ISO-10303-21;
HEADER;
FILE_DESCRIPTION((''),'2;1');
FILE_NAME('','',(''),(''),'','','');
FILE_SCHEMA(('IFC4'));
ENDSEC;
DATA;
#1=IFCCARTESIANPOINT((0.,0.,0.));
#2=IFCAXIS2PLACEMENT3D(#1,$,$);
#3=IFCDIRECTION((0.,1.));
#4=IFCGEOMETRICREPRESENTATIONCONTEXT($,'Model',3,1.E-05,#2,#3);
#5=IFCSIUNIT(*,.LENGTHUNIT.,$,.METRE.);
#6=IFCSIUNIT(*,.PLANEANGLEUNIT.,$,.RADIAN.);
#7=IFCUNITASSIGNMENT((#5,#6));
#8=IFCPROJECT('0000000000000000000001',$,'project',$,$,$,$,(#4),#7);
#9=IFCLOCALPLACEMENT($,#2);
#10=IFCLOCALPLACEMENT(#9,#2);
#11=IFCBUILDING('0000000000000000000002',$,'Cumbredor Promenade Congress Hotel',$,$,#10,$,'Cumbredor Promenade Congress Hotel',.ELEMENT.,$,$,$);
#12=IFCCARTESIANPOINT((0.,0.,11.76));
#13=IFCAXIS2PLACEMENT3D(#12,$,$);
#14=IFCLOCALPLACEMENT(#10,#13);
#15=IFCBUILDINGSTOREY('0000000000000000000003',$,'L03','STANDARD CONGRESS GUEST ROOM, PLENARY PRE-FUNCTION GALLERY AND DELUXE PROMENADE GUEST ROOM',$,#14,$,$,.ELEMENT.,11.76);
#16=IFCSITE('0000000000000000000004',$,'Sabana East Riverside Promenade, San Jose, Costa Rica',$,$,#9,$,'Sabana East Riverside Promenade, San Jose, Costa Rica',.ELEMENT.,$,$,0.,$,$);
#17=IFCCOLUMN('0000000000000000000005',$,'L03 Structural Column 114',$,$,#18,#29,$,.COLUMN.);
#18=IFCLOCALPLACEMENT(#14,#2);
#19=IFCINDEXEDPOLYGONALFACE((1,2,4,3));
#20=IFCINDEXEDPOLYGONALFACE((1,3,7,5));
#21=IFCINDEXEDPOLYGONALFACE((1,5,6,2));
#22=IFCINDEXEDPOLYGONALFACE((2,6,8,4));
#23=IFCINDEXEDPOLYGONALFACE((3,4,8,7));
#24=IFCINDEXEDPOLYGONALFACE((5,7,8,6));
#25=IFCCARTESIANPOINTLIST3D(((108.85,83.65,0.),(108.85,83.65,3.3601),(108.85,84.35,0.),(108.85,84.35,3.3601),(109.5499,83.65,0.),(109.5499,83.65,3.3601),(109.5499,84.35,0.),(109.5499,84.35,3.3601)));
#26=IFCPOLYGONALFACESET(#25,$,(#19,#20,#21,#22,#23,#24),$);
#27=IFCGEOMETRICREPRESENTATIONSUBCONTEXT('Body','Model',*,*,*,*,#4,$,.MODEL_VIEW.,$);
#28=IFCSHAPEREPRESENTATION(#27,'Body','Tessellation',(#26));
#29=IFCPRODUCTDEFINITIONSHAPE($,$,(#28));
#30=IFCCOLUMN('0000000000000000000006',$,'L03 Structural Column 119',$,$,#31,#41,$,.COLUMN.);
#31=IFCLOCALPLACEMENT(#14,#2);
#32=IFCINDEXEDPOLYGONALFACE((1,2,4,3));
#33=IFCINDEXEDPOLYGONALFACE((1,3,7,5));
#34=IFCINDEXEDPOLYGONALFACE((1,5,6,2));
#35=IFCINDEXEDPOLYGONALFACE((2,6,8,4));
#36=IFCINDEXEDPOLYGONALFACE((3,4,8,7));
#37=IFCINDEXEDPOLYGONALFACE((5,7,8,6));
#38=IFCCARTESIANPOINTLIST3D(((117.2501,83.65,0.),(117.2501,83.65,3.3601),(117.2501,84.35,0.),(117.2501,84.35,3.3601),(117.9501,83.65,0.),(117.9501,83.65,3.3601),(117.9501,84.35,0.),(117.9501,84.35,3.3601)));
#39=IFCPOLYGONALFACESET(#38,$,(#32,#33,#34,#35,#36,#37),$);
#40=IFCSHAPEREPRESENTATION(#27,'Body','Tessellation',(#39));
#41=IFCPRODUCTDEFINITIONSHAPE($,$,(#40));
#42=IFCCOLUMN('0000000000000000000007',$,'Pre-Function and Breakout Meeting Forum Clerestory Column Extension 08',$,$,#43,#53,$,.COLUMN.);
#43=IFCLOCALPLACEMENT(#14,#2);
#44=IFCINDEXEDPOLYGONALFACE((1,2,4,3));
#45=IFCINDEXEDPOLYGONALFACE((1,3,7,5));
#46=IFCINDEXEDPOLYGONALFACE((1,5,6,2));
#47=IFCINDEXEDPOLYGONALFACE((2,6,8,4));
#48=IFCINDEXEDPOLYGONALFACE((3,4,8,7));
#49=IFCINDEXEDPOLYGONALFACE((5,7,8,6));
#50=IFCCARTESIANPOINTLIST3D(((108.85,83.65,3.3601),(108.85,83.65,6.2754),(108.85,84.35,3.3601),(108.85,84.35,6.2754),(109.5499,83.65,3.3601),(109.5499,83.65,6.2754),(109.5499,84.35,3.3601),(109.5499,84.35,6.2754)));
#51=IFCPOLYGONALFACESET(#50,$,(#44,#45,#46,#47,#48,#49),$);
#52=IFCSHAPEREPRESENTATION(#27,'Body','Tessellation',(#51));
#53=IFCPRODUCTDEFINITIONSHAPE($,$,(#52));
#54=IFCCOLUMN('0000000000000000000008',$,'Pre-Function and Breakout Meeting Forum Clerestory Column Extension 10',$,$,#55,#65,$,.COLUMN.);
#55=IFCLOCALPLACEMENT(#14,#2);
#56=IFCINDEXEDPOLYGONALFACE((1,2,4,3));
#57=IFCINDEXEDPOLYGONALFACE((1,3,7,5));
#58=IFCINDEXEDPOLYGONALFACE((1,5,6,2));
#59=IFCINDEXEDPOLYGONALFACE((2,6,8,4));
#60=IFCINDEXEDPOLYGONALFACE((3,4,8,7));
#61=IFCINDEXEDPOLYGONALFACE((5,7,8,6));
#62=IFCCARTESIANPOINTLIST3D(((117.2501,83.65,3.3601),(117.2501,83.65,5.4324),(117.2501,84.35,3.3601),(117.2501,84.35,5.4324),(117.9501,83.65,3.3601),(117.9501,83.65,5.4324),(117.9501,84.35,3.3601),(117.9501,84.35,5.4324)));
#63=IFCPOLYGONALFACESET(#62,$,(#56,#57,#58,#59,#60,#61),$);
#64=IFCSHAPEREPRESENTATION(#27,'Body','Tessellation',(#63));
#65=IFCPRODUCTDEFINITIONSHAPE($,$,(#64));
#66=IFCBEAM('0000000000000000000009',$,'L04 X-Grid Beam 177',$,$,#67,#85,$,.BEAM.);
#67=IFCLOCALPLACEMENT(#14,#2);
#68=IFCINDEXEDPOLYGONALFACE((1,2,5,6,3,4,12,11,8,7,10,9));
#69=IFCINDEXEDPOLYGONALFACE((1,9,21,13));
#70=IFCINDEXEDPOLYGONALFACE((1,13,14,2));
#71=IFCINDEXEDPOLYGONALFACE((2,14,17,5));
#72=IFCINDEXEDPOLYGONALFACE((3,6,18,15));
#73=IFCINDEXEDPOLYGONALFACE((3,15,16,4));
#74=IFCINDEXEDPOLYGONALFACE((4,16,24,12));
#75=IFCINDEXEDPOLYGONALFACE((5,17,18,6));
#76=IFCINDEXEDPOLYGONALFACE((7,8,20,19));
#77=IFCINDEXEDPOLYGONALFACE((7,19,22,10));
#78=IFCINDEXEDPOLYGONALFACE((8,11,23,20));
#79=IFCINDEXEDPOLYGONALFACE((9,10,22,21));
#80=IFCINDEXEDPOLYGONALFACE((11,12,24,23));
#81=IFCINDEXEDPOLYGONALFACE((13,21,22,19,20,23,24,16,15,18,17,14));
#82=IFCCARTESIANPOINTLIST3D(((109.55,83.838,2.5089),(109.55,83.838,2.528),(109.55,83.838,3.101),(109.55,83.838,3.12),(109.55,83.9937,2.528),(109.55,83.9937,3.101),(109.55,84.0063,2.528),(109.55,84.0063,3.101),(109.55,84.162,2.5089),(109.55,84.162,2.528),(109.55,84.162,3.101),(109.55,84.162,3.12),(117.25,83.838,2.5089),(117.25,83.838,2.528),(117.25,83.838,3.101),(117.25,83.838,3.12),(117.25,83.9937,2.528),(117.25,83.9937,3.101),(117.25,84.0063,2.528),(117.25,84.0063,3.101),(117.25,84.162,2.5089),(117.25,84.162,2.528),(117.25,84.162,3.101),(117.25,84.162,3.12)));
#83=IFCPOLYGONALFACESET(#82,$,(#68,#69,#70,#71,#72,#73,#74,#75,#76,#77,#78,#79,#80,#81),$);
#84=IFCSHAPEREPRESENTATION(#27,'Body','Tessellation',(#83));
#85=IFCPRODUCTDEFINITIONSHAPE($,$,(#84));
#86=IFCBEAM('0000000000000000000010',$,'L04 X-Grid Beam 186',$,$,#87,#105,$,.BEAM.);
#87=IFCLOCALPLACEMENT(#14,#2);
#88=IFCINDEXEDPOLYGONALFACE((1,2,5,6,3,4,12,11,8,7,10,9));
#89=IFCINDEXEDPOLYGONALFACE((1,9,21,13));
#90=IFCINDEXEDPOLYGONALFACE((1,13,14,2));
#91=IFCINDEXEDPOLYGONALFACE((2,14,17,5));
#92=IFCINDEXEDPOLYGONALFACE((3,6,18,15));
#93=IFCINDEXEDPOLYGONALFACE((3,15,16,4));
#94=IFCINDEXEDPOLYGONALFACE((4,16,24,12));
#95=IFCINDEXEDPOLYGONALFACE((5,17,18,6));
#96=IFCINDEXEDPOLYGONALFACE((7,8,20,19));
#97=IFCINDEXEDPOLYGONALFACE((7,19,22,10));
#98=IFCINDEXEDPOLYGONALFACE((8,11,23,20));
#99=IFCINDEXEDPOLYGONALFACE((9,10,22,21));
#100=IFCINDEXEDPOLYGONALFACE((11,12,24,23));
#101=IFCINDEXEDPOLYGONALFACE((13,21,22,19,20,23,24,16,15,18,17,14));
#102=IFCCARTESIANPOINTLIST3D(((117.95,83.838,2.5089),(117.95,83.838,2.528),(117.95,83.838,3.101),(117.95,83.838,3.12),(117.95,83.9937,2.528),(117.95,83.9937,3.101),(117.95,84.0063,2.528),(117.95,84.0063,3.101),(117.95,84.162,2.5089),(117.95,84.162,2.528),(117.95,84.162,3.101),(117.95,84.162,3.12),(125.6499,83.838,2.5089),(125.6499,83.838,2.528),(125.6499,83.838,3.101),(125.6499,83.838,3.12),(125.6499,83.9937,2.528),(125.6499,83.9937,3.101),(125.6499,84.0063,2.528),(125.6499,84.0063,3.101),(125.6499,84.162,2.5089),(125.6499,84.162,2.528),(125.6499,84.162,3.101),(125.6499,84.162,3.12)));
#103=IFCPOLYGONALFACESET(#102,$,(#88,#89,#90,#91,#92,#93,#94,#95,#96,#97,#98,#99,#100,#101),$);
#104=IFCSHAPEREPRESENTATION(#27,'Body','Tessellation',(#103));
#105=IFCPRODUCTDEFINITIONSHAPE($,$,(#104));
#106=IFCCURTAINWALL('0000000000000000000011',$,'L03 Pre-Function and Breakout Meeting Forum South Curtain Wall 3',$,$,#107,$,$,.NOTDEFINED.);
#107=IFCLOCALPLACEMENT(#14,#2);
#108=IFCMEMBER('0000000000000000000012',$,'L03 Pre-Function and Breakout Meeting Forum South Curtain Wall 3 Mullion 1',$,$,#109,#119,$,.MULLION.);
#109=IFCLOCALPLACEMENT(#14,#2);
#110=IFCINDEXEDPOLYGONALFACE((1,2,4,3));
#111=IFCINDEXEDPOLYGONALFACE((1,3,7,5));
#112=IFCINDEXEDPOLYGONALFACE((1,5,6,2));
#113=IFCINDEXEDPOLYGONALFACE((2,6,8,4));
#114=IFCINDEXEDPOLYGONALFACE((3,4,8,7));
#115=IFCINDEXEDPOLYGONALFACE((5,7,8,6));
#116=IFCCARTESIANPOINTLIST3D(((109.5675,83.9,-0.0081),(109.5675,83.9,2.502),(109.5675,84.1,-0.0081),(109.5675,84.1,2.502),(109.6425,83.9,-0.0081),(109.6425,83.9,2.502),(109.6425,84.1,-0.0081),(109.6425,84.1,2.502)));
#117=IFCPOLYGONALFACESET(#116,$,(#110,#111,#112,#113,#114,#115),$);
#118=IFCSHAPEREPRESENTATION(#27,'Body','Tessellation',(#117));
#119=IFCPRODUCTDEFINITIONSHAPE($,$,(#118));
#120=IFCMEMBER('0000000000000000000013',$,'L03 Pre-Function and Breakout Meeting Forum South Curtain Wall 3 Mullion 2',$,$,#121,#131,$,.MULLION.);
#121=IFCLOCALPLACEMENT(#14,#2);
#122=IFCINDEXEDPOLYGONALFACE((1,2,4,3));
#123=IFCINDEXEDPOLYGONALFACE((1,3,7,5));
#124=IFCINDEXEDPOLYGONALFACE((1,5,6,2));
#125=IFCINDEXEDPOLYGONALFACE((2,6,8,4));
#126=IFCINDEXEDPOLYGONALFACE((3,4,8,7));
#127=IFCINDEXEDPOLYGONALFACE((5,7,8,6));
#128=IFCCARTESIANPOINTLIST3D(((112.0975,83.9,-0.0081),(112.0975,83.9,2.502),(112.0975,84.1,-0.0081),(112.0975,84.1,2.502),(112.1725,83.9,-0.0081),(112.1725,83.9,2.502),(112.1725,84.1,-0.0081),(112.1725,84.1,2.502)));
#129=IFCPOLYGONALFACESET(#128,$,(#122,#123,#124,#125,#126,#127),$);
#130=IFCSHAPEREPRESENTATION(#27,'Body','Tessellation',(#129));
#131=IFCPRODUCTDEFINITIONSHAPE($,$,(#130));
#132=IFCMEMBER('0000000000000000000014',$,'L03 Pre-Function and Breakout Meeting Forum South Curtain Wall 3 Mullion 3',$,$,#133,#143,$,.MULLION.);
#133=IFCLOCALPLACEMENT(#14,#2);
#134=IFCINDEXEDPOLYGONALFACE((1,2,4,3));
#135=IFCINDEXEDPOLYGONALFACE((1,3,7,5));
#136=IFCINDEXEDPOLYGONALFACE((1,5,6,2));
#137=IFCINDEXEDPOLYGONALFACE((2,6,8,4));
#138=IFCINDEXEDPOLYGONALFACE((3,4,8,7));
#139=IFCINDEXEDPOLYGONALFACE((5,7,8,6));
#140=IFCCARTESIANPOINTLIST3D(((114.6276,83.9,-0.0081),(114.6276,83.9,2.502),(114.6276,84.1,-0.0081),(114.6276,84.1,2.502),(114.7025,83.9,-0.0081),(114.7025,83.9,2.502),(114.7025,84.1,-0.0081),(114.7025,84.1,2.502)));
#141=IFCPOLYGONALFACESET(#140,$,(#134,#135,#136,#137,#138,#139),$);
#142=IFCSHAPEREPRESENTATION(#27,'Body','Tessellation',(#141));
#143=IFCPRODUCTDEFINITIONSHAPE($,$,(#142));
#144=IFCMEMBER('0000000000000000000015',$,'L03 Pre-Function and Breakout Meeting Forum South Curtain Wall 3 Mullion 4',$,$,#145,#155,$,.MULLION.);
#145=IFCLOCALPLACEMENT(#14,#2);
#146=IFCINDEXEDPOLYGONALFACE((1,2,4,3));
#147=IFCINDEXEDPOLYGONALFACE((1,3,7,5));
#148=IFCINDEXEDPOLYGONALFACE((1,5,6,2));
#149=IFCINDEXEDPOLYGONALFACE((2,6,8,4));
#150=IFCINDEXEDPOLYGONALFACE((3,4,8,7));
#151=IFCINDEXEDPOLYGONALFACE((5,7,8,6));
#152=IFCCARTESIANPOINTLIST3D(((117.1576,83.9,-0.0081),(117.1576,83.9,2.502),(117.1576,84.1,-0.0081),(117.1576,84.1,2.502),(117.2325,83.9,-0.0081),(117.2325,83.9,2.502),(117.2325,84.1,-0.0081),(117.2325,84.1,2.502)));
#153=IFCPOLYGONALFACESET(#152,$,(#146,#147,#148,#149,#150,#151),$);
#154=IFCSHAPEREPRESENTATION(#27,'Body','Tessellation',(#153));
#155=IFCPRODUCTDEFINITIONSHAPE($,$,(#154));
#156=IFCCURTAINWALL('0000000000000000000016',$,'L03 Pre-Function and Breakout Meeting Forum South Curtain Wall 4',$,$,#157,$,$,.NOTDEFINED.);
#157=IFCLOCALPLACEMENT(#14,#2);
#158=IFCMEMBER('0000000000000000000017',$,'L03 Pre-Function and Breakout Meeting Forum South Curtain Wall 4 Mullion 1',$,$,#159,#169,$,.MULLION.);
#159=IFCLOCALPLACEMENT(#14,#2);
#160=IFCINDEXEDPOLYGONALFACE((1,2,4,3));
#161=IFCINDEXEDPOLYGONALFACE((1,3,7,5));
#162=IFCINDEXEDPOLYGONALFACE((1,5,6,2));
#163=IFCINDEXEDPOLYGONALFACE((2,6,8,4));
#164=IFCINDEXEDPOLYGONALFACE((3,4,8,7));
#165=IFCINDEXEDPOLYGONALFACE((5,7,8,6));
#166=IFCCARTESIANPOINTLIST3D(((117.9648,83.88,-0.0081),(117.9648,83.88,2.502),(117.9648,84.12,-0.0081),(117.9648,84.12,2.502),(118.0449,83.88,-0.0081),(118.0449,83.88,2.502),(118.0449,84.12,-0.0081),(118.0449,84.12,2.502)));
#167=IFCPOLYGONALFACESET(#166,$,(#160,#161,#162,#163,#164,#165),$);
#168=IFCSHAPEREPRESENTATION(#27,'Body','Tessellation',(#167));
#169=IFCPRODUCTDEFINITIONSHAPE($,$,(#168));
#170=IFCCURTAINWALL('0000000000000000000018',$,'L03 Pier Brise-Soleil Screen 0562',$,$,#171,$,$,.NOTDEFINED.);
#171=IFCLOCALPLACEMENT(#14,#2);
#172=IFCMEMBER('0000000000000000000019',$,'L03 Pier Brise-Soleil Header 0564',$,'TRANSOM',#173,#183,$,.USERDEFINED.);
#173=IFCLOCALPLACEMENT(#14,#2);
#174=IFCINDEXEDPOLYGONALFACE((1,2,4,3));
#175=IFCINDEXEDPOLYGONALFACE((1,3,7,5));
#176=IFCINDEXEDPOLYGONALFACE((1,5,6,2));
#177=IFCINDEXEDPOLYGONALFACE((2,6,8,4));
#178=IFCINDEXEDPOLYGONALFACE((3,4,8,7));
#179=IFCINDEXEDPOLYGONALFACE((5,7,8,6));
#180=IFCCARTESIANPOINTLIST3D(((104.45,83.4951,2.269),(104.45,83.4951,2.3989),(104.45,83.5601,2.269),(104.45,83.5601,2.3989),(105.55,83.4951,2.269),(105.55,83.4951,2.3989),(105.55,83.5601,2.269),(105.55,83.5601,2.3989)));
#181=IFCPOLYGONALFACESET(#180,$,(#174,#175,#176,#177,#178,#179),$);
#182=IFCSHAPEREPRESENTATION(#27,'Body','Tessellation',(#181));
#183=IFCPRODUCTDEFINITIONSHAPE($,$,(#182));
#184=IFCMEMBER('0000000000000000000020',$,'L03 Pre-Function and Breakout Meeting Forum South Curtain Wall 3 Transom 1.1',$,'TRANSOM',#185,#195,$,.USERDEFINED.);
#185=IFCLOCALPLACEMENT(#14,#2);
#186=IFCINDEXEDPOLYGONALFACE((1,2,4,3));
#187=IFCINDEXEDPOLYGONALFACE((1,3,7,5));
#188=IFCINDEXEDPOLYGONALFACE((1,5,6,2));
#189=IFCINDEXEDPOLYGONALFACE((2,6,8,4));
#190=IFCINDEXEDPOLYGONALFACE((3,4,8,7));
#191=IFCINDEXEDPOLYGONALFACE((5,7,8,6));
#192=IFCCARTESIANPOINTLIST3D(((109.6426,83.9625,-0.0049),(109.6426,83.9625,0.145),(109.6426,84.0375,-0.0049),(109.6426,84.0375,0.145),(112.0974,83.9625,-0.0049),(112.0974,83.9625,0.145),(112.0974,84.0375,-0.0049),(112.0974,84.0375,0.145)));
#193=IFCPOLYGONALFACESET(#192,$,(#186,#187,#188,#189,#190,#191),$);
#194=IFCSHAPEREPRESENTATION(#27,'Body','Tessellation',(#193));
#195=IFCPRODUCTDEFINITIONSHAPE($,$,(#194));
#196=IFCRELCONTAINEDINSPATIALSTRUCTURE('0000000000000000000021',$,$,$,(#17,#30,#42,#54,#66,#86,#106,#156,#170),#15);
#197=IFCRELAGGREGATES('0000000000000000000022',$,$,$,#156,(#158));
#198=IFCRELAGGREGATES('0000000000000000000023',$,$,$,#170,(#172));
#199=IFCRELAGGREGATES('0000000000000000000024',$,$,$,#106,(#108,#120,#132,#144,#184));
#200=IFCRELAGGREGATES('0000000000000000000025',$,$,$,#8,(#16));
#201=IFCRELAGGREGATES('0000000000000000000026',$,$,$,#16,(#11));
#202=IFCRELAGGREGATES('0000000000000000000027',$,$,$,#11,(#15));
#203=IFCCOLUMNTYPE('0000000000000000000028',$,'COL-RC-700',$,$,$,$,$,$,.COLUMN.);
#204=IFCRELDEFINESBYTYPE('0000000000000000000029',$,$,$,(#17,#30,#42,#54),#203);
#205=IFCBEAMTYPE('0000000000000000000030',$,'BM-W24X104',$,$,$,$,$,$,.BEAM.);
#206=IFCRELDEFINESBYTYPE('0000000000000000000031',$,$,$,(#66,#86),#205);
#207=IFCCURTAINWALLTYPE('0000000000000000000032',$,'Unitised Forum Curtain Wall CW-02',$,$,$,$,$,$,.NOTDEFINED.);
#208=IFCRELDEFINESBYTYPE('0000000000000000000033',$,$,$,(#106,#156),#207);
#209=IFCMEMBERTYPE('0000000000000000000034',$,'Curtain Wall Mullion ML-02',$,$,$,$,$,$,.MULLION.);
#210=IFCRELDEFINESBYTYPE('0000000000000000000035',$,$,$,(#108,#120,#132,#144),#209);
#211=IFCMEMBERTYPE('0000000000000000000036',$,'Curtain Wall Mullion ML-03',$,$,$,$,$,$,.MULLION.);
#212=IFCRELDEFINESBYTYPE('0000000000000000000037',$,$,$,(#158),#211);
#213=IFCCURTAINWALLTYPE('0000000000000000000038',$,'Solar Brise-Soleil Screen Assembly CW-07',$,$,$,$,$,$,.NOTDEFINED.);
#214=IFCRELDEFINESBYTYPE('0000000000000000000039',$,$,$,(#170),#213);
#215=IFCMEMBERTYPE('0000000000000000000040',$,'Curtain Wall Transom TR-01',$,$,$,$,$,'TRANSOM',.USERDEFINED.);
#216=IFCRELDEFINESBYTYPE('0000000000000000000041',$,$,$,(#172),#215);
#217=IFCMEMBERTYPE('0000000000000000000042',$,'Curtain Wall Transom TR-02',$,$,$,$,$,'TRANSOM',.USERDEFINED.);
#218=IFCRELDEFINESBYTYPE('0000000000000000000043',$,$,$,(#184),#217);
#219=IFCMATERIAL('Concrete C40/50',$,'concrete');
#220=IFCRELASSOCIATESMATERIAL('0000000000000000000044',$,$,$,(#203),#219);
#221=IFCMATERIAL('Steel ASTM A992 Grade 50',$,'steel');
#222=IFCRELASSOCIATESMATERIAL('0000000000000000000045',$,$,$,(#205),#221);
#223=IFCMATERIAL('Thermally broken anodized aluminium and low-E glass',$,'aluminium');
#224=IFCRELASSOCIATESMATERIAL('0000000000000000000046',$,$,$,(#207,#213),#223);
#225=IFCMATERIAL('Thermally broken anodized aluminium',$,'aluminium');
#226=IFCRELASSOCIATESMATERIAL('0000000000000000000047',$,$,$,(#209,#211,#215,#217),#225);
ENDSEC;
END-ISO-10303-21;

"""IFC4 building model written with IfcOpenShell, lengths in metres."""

from ifc_helpers import new_model, si_unit, direction, frame, origin, origin_2d, place, context, subcontext, project, spatial, rectangle, i_section, extrude, material, material_profile, profile_set, type_object, element, aggregate, save


model = new_model("IFC4")

# Units and contexts
model_context = context("Model", 3, precision=1e-05, world=origin(), true_north=direction((0.0, 1.0)))
body_context = subcontext(model_context, "Body", "Model", "MODEL_VIEW")
ifc_project = project(units=[si_unit("LENGTHUNIT", "METRE"), si_unit("PLANEANGLEUNIT", "RADIAN")], contexts=[model_context])

# Site, building, storey
site_placement = place(None, origin())
site = spatial("IfcSite", under=ifc_project, at=site_placement, Name="Sabana East Riverside Promenade, San Jose, Costa Rica", LongName="Sabana East Riverside Promenade, San Jose, Costa Rica", CompositionType="ELEMENT", RefElevation=0.0)
building_placement = place(site_placement, origin())
building = spatial("IfcBuilding", under=site, at=building_placement, Name="Cumbredor Promenade Congress Hotel", LongName="Cumbredor Promenade Congress Hotel", CompositionType="ELEMENT")
storey_placement = place(building_placement, frame((0.0, 0.0, 11.76)))
storey = spatial("IfcBuildingStorey", under=building, at=storey_placement, Name="L03", Description="STANDARD CONGRESS GUEST ROOM, PLENARY PRE-FUNCTION GALLERY AND DELUXE PROMENADE GUEST ROOM", CompositionType="ELEMENT", Elevation=11.76)

# Columns
ifc_material_1 = material(Name="Concrete C40/50", Category="concrete")
ifc_material_profile_1 = material_profile(ifc_material_1, rectangle(XDim=0.7, YDim=0.7, at=origin_2d()), Name="RC 700x700")
ifc_profile_set_1 = profile_set([ifc_material_profile_1], Name="Concrete C40/50")
column_type = type_object("IfcColumnType", Name="COL-RC-700", PredefinedType="COLUMN", material=ifc_profile_set_1)
for number, where, z_axis, x_axis, name in (
    (1, (109.2, 84.0, 0.0), (0.0, 0.0, 1.0), (1.0, 0.0, 0.0), "L03 Structural Column 114"),
    (2, (117.6001, 84.0, 0.0), (0.0, 0.0, 1.0), (1.0, 0.0, 0.0), "L03 Structural Column 119"),
):
    element("IfcColumn", number, at=place(storey_placement, frame(where, z_axis=z_axis, x_axis=x_axis)), inside=storey, type_object=column_type, Name=name, PredefinedType="COLUMN", context=body_context, shape_type="SweptSolid", body=[
        extrude(rectangle(XDim=0.7, YDim=0.7, at=origin_2d()), origin(), (0.0, 0.0, 1.0), 3.3601),
    ])
column_1_placement = place(storey_placement, frame((109.2, 84.0, 3.3601), z_axis=(0.0, 0.0, 1.0), x_axis=(1.0, 0.0, 0.0)))
element("IfcColumn", 3, at=column_1_placement, inside=storey, type_object=column_type, Name="Pre-Function and Breakout Meeting Forum Clerestory Column Extension 08", PredefinedType="COLUMN", context=body_context, shape_type="SweptSolid", body=[
    extrude(rectangle(XDim=0.7, YDim=0.7, at=origin_2d()), origin(), (0.0, 0.0, 1.0), 2.9153),
])
column_2_placement = place(storey_placement, frame((117.6001, 84.0, 3.3601), z_axis=(0.0, 0.0, 1.0), x_axis=(1.0, 0.0, 0.0)))
element("IfcColumn", 4, at=column_2_placement, inside=storey, type_object=column_type, Name="Pre-Function and Breakout Meeting Forum Clerestory Column Extension 10", PredefinedType="COLUMN", context=body_context, shape_type="SweptSolid", body=[
    extrude(rectangle(XDim=0.7, YDim=0.7, at=origin_2d()), origin(), (0.0, 0.0, 1.0), 2.0723),
])

# Beams
ifc_material_2 = material(Name="Steel ASTM A992 Grade 50", Category="steel")
ifc_material_profile_2 = material_profile(ifc_material_2, i_section(OverallWidth=0.324, OverallDepth=0.6111, WebThickness=0.0127, FlangeThickness=0.019, at=origin_2d()), Name="W24X104")
ifc_profile_set_2 = profile_set([ifc_material_profile_2], Name="Steel ASTM A992 Grade 50")
beam_type = type_object("IfcBeamType", Name="BM-W24X104", PredefinedType="BEAM", material=ifc_profile_set_2)
for number, where, z_axis, x_axis, name in (
    (5, (109.55, 84.0, 2.8145), (1.0, 0.0, 0.0), (0.0, 1.0, 0.0), "L04 X-Grid Beam 177"),
    (6, (117.95, 84.0, 2.8145), (1.0, 0.0, 0.0), (0.0, 1.0, 0.0), "L04 X-Grid Beam 186"),
):
    element("IfcBeam", number, at=place(storey_placement, frame(where, z_axis=z_axis, x_axis=x_axis)), inside=storey, type_object=beam_type, Name=name, PredefinedType="BEAM", context=body_context, shape_type="SweptSolid", body=[
        extrude(i_section(OverallWidth=0.324, OverallDepth=0.6111, WebThickness=0.0127, FlangeThickness=0.019, at=origin_2d()), origin(), (0.0, 0.0, 1.0), 7.7),
    ])

# Curtain wall, members
ifc_material_3 = material(Name="Thermally broken anodized aluminium and low-E glass", Category="aluminium")
curtain_wall_type_1 = type_object("IfcCurtainWallType", Name="Unitised Forum Curtain Wall CW-02", PredefinedType="NOTDEFINED", material=ifc_material_3)
curtain_wall_1_placement = place(storey_placement, origin())
curtain_wall_1 = element("IfcCurtainWall", 7, at=curtain_wall_1_placement, inside=storey, type_object=curtain_wall_type_1, Name="L03 Pre-Function and Breakout Meeting Forum South Curtain Wall 3", PredefinedType="NOTDEFINED")
ifc_material_4 = material(Name="Thermally broken anodized aluminium", Category="aluminium")
ifc_material_profile_3 = material_profile(ifc_material_4, rectangle(XDim=0.075, YDim=0.2, at=origin_2d()), Name="ALU MULLION 75x200")
ifc_profile_set_3 = profile_set([ifc_material_profile_3], Name="Thermally broken anodized aluminium")
member_type_1 = type_object("IfcMemberType", Name="Curtain Wall Mullion ML-02", PredefinedType="MULLION", material=ifc_profile_set_3)
member_1_placement = place(storey_placement, frame((109.605, 84.0, -0.0081), z_axis=(0.0, 0.0, 1.0), x_axis=(1.0, 0.0, 0.0)))
member_1 = element("IfcMember", 8, at=member_1_placement, type_object=member_type_1, Name="L03 Pre-Function and Breakout Meeting Forum South Curtain Wall 3 Mullion 1", PredefinedType="MULLION", context=body_context, shape_type="SweptSolid", body=[
    extrude(rectangle(XDim=0.075, YDim=0.2, at=origin_2d()), origin(), (0.0, 0.0, 1.0), 2.51),
])
member_2_placement = place(storey_placement, frame((112.135, 84.0, -0.0081), z_axis=(0.0, 0.0, 1.0), x_axis=(1.0, 0.0, 0.0)))
member_2 = element("IfcMember", 9, at=member_2_placement, type_object=member_type_1, Name="L03 Pre-Function and Breakout Meeting Forum South Curtain Wall 3 Mullion 2", PredefinedType="MULLION", context=body_context, shape_type="SweptSolid", body=[
    extrude(rectangle(XDim=0.075, YDim=0.2, at=origin_2d()), origin(), (0.0, 0.0, 1.0), 2.51),
])
member_3_placement = place(storey_placement, frame((114.665, 84.0, -0.0081), z_axis=(0.0, 0.0, 1.0), x_axis=(1.0, 0.0, 0.0)))
member_3 = element("IfcMember", 10, at=member_3_placement, type_object=member_type_1, Name="L03 Pre-Function and Breakout Meeting Forum South Curtain Wall 3 Mullion 3", PredefinedType="MULLION", context=body_context, shape_type="SweptSolid", body=[
    extrude(rectangle(XDim=0.075, YDim=0.2, at=origin_2d()), origin(), (0.0, 0.0, 1.0), 2.51),
])
member_4_placement = place(storey_placement, frame((117.1951, 84.0, -0.0081), z_axis=(0.0, 0.0, 1.0), x_axis=(1.0, 0.0, 0.0)))
member_4 = element("IfcMember", 11, at=member_4_placement, type_object=member_type_1, Name="L03 Pre-Function and Breakout Meeting Forum South Curtain Wall 3 Mullion 4", PredefinedType="MULLION", context=body_context, shape_type="SweptSolid", body=[
    extrude(rectangle(XDim=0.075, YDim=0.2, at=origin_2d()), origin(), (0.0, 0.0, 1.0), 2.51),
])

# Curtain walls, members
curtain_wall_2_placement = place(storey_placement, origin())
curtain_wall_2 = element("IfcCurtainWall", 12, at=curtain_wall_2_placement, inside=storey, type_object=curtain_wall_type_1, Name="L03 Pre-Function and Breakout Meeting Forum South Curtain Wall 4", PredefinedType="NOTDEFINED")
ifc_material_profile_4 = material_profile(ifc_material_4, rectangle(XDim=0.0801, YDim=0.24, at=origin_2d()), Name="ALU MULLION 80x240")
ifc_profile_set_4 = profile_set([ifc_material_profile_4], Name="Thermally broken anodized aluminium")
member_type_2 = type_object("IfcMemberType", Name="Curtain Wall Mullion ML-03", PredefinedType="MULLION", material=ifc_profile_set_4)
member_5_placement = place(storey_placement, frame((118.0049, 84.0, -0.0081), z_axis=(0.0, 0.0, 1.0), x_axis=(1.0, 0.0, 0.0)))
member_5 = element("IfcMember", 13, at=member_5_placement, type_object=member_type_2, Name="L03 Pre-Function and Breakout Meeting Forum South Curtain Wall 4 Mullion 1", PredefinedType="MULLION", context=body_context, shape_type="SweptSolid", body=[
    extrude(rectangle(XDim=0.0801, YDim=0.24, at=origin_2d()), origin(), (0.0, 0.0, 1.0), 2.51),
])
curtain_wall_type_2 = type_object("IfcCurtainWallType", Name="Solar Brise-Soleil Screen Assembly CW-07", PredefinedType="NOTDEFINED", material=ifc_material_3)
curtain_wall_3_placement = place(storey_placement, origin())
curtain_wall_3 = element("IfcCurtainWall", 14, at=curtain_wall_3_placement, inside=storey, type_object=curtain_wall_type_2, Name="L03 Pier Brise-Soleil Screen 0562", PredefinedType="NOTDEFINED")
ifc_material_profile_5 = material_profile(ifc_material_4, rectangle(XDim=0.0649, YDim=0.1299, at=origin_2d()), Name="ALU TRANSOM 65x130")
ifc_profile_set_5 = profile_set([ifc_material_profile_5], Name="Thermally broken anodized aluminium")
member_type_3 = type_object("IfcMemberType", Name="Curtain Wall Transom TR-01", ElementType="TRANSOM", PredefinedType="USERDEFINED", material=ifc_profile_set_5)
member_6_placement = place(storey_placement, frame((104.45, 83.5276, 2.334), z_axis=(1.0, 0.0, 0.0), x_axis=(0.0, 1.0, 0.0)))
member_6 = element("IfcMember", 15, at=member_6_placement, type_object=member_type_3, Name="L03 Pier Brise-Soleil Header 0564", ObjectType="TRANSOM", PredefinedType="USERDEFINED", context=body_context, shape_type="SweptSolid", body=[
    extrude(rectangle(XDim=0.0649, YDim=0.1299, at=origin_2d()), origin(), (0.0, 0.0, 1.0), 1.1001),
])

# Member
ifc_material_profile_6 = material_profile(ifc_material_4, rectangle(XDim=0.075, YDim=0.1499, at=origin_2d()), Name="ALU TRANSOM 75x150")
ifc_profile_set_6 = profile_set([ifc_material_profile_6], Name="Thermally broken anodized aluminium")
member_type_4 = type_object("IfcMemberType", Name="Curtain Wall Transom TR-02", ElementType="TRANSOM", PredefinedType="USERDEFINED", material=ifc_profile_set_6)
member_7_placement = place(storey_placement, frame((109.6426, 84.0, 0.0701), z_axis=(1.0, 0.0, 0.0), x_axis=(0.0, 1.0, 0.0)))
member_7 = element("IfcMember", 16, at=member_7_placement, type_object=member_type_4, Name="L03 Pre-Function and Breakout Meeting Forum South Curtain Wall 3 Transom 1.1", ObjectType="TRANSOM", PredefinedType="USERDEFINED", context=body_context, shape_type="SweptSolid", body=[
    extrude(rectangle(XDim=0.075, YDim=0.1499, at=origin_2d()), origin(), (0.0, 0.0, 1.0), 2.4548),
])
aggregate(curtain_wall_2, [member_5])
aggregate(curtain_wall_3, [member_6])

aggregate(curtain_wall_1, [member_1, member_2, member_3, member_4, member_7])

save(model, "model.ifc")
